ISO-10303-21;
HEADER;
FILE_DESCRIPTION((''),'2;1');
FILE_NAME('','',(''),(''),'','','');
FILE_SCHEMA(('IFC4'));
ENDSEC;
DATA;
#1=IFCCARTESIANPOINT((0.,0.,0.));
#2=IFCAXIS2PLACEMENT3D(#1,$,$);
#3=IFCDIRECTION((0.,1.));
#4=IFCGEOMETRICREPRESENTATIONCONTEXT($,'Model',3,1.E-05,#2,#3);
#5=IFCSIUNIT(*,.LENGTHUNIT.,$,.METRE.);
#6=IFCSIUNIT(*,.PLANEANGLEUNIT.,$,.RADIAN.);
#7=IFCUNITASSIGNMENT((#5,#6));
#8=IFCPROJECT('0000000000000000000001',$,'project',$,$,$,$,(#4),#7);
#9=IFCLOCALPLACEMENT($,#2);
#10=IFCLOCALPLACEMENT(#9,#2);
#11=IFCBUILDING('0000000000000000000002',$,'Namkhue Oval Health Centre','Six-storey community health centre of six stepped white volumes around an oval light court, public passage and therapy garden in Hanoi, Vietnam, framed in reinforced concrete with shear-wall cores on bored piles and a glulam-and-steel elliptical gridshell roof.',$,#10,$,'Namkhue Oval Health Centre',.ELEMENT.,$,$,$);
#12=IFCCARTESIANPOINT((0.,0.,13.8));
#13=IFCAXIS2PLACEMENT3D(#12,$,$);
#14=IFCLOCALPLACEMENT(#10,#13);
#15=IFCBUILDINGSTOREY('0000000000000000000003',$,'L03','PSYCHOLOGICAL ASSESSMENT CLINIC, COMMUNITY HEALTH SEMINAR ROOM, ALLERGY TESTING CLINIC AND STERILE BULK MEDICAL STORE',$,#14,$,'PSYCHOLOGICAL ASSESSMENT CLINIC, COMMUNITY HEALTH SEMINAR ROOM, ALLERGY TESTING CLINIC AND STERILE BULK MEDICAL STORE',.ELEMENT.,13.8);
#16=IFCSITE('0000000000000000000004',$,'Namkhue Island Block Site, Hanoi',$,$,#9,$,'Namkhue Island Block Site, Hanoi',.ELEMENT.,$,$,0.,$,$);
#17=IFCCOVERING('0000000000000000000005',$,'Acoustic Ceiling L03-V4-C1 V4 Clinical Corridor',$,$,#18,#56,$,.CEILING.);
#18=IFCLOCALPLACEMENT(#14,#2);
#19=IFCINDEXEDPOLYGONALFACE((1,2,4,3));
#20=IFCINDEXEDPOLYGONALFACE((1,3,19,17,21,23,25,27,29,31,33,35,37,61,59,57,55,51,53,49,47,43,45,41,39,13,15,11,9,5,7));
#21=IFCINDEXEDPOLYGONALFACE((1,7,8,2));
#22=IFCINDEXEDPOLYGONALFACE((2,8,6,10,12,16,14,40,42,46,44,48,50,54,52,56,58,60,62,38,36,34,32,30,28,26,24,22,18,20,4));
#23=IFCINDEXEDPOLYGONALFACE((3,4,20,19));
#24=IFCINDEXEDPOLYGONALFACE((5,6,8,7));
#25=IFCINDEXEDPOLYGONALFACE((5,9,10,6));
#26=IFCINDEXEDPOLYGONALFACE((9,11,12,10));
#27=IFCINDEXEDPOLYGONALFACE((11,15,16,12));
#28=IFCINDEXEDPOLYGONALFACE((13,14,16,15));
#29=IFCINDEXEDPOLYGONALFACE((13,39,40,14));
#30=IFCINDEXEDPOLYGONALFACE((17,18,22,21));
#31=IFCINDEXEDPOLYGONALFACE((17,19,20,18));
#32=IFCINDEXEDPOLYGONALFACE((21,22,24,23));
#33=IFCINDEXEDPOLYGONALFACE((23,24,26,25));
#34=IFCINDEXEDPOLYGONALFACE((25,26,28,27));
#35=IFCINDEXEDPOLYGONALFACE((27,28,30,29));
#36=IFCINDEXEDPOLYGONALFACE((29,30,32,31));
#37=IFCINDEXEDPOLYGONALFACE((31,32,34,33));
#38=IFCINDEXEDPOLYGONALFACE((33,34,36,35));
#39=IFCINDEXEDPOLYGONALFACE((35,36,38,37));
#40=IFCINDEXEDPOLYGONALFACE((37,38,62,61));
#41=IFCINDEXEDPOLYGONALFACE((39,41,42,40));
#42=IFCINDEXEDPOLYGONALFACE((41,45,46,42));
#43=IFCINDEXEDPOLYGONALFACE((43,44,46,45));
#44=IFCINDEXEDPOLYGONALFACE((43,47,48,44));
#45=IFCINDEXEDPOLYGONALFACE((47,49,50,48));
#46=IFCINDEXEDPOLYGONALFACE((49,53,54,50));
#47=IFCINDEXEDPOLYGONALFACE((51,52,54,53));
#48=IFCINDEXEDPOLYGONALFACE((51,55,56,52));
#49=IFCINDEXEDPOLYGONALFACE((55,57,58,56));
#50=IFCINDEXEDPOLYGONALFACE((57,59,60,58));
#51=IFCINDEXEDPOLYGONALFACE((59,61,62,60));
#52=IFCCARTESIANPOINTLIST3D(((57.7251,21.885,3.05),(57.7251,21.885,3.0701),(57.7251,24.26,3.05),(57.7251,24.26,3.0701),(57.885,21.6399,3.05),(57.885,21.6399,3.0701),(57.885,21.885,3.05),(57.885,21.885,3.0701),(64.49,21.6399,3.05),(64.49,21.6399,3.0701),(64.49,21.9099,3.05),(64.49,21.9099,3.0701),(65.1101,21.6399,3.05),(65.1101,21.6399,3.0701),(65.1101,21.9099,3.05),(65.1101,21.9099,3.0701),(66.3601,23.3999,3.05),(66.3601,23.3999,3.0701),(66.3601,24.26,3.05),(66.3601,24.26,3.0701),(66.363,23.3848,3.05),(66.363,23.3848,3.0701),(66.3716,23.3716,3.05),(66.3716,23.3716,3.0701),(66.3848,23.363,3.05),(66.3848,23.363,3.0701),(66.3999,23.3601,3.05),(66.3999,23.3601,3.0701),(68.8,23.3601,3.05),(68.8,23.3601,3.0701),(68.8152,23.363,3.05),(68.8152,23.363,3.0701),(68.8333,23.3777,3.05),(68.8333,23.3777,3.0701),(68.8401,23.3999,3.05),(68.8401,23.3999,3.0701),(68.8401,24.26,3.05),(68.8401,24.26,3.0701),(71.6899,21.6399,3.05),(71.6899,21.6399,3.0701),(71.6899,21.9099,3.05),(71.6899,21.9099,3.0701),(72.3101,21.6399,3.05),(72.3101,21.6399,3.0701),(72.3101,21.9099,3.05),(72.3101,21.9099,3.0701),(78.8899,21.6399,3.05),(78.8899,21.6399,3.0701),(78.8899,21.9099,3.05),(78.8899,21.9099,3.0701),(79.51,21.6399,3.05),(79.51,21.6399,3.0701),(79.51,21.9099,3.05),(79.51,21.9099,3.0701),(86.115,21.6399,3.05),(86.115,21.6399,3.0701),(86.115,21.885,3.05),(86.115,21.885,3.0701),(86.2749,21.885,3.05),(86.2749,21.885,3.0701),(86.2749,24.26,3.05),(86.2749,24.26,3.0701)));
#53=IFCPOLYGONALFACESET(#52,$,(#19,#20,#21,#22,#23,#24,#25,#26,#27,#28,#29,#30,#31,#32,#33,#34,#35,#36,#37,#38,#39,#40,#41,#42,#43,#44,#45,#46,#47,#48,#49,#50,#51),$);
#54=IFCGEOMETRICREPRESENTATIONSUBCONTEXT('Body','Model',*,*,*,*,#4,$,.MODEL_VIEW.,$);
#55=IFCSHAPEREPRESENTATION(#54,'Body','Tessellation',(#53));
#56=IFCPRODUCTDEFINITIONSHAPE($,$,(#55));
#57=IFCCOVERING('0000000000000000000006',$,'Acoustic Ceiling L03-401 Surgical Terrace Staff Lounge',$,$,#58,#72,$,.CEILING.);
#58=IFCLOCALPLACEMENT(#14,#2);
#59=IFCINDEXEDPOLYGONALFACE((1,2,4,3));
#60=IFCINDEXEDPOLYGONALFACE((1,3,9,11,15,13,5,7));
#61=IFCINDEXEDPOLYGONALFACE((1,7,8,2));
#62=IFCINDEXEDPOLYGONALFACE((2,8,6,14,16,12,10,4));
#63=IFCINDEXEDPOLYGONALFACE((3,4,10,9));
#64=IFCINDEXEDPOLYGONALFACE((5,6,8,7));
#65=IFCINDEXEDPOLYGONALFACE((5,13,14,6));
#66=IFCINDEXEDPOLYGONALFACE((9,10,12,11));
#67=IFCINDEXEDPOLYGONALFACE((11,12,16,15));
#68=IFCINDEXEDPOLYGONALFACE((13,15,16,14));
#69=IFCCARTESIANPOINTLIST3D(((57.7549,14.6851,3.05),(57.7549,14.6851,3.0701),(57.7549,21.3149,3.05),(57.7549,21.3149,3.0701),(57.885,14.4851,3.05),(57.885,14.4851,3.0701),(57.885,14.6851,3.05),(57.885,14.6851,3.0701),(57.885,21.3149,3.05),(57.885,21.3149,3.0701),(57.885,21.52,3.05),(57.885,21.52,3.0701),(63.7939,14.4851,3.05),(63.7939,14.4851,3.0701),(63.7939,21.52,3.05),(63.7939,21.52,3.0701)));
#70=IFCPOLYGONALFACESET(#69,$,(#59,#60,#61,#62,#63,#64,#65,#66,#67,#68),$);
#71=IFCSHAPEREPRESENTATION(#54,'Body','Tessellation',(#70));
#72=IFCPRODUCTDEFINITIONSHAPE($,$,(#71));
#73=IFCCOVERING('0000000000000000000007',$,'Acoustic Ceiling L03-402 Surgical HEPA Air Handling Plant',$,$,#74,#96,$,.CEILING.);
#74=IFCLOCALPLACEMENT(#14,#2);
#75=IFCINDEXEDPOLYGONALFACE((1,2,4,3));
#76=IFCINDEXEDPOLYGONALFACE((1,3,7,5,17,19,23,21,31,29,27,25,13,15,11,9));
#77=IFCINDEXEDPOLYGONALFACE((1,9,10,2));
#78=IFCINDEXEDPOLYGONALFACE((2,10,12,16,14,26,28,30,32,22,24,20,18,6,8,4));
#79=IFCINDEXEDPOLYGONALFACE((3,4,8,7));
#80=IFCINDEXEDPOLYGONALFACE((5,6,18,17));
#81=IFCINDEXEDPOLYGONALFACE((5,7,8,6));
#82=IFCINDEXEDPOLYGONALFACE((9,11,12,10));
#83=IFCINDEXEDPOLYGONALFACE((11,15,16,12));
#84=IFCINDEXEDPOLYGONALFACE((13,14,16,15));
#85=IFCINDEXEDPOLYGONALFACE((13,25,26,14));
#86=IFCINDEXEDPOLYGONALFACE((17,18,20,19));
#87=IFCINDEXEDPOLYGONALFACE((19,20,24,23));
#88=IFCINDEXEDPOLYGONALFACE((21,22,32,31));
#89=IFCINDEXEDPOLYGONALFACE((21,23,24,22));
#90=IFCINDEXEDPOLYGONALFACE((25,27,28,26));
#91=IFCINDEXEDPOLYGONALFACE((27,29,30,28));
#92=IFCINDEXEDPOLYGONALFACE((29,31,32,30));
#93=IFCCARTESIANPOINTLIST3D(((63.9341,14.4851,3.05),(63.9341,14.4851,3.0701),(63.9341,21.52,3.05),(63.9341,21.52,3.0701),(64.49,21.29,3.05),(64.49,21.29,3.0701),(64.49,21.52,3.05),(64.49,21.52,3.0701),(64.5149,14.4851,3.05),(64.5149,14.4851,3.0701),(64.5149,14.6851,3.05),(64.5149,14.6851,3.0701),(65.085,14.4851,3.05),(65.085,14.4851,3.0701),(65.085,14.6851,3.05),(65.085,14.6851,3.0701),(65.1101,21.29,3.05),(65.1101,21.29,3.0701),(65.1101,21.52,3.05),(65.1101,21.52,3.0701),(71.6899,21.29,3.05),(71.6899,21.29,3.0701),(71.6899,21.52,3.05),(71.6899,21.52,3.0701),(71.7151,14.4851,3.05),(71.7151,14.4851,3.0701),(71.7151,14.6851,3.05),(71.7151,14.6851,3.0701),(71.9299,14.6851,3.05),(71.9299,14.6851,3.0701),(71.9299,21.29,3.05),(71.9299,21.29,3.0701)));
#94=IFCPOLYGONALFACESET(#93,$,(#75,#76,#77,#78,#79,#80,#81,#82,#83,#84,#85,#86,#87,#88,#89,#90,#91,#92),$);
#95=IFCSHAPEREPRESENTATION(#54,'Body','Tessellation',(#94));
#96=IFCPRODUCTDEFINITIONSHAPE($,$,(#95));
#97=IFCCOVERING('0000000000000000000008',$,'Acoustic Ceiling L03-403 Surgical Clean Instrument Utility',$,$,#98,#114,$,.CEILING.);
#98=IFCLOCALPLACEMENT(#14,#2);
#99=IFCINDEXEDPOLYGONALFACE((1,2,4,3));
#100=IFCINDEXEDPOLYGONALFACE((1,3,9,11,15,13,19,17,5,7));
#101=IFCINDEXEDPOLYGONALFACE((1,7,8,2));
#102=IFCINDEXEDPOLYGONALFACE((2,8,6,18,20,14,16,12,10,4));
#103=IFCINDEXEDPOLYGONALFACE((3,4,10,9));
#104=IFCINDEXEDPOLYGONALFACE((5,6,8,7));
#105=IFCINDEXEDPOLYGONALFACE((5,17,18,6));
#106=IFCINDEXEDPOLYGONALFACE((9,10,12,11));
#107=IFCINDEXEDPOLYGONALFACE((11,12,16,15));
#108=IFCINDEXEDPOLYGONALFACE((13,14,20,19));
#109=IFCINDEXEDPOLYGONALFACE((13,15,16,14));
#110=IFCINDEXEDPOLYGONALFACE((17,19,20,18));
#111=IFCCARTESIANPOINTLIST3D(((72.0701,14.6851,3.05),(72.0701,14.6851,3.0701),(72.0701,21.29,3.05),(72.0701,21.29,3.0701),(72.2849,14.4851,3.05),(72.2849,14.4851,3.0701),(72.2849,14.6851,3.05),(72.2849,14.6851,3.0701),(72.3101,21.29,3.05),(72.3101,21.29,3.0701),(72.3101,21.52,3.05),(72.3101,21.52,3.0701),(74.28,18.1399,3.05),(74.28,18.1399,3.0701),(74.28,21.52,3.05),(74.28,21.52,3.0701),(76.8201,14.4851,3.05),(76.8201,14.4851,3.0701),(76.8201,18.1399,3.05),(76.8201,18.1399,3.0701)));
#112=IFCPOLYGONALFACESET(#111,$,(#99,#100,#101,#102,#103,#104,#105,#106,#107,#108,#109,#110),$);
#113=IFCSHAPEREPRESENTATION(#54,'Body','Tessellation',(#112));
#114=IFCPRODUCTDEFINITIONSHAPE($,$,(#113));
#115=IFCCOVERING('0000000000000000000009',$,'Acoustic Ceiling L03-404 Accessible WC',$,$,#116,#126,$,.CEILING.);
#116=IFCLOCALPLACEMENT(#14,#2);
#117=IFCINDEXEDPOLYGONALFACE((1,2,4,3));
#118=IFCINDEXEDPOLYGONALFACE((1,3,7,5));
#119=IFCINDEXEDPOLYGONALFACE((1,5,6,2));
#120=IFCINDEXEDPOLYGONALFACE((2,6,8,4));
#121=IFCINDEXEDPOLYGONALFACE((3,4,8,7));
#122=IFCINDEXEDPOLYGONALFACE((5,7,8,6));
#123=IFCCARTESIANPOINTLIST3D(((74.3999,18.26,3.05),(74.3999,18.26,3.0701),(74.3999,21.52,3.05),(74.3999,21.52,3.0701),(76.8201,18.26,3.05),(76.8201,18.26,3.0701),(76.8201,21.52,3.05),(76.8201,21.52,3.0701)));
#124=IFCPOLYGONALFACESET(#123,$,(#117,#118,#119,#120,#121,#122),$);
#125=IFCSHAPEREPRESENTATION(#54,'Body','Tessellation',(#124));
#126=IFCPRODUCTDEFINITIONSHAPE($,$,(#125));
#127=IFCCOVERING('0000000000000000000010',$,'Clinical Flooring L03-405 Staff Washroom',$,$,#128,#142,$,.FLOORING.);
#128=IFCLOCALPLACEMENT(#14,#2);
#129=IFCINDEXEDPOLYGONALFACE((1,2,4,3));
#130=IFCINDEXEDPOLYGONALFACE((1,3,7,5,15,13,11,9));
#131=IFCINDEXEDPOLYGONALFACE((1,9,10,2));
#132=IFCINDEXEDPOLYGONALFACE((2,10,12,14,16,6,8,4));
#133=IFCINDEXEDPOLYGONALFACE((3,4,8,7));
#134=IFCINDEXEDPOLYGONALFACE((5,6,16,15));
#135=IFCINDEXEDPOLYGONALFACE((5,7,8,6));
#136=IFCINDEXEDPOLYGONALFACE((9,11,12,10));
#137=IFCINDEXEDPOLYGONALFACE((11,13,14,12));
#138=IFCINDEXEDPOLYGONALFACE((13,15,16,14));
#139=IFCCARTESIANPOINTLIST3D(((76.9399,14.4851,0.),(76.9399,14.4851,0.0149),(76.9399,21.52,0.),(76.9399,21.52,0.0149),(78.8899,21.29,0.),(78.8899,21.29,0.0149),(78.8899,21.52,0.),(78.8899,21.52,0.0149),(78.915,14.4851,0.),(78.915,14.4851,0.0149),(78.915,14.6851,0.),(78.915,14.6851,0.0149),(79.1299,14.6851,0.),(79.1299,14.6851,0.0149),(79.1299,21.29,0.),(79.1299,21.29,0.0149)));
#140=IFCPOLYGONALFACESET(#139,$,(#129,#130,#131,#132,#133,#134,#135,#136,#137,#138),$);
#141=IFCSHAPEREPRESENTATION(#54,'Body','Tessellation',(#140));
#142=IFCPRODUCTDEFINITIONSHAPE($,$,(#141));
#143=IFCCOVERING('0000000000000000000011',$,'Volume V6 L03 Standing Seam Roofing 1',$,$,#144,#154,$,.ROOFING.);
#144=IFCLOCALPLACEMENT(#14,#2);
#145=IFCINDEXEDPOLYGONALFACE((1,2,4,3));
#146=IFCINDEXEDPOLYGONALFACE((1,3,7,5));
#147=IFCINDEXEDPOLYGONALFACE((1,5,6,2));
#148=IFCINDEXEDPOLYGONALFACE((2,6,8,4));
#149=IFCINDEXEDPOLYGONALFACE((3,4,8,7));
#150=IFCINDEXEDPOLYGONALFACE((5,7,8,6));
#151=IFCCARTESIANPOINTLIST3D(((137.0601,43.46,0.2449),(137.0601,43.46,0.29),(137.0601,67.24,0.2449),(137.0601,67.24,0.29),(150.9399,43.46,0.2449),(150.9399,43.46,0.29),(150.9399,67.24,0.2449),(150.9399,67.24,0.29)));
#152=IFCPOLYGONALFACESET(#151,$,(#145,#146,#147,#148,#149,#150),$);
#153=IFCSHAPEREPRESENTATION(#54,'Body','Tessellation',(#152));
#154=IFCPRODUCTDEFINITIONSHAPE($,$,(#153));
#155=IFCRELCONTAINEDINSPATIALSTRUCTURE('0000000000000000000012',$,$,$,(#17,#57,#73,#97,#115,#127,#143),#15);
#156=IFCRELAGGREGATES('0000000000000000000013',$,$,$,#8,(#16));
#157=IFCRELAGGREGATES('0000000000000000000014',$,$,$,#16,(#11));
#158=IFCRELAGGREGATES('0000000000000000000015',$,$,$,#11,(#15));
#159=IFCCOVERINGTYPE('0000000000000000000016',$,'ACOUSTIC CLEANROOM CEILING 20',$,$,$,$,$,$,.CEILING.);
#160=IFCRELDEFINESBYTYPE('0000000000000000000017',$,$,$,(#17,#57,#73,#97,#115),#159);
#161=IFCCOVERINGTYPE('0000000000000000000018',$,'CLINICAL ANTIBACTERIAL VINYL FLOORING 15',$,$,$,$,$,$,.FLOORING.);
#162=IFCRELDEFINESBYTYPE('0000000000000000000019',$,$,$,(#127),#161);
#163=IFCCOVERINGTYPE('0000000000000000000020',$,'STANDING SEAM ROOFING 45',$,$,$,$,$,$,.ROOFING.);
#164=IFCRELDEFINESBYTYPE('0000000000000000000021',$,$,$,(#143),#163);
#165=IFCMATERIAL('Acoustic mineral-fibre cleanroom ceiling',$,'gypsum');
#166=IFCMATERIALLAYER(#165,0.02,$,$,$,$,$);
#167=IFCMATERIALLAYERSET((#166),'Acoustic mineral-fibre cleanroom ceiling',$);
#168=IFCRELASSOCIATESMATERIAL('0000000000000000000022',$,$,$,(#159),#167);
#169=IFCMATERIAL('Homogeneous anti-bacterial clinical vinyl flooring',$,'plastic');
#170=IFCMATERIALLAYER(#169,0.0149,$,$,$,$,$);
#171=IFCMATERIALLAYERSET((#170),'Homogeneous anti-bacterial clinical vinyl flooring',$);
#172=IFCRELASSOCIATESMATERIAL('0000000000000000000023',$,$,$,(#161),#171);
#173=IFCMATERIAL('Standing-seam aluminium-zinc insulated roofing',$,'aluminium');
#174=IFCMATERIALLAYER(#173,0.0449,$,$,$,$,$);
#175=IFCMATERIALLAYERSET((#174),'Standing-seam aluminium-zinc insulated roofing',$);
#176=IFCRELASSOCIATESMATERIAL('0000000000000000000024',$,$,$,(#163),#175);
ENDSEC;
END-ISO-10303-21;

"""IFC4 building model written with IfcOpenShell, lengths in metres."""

from ifc_helpers import new_model, si_unit, direction, frame, origin, place, context, subcontext, project, spatial, polyline, outline, extrude, material, layer, layer_set, type_object, element, save


model = new_model("IFC4")

# Units and contexts
model_context = context("Model", 3, precision=1e-05, world=origin(), true_north=direction((0.0, 1.0)))
body_context = subcontext(model_context, "Body", "Model", "MODEL_VIEW")
ifc_project = project(units=[si_unit("LENGTHUNIT", "METRE"), si_unit("PLANEANGLEUNIT", "RADIAN")], contexts=[model_context])

# Site, building, storey
site_placement = place(None, origin())
site = spatial("IfcSite", under=ifc_project, at=site_placement, Name="Namkhue Island Block Site, Hanoi", LongName="Namkhue Island Block Site, Hanoi", CompositionType="ELEMENT", RefElevation=0.0)
building_placement = place(site_placement, origin())
building = spatial("IfcBuilding", under=site, at=building_placement, Name="Namkhue Oval Health Centre", Description="Six-storey community health centre of six stepped white volumes around an oval light court, public passage and therapy garden in Hanoi, Vietnam, framed in reinforced concrete with shear-wall cores on bored piles and a glulam-and-steel elliptical gridshell roof.", LongName="Namkhue Oval Health Centre", CompositionType="ELEMENT")
storey_placement = place(building_placement, frame((0.0, 0.0, 13.8)))
storey = spatial("IfcBuildingStorey", under=building, at=storey_placement, Name="L03", Description="PSYCHOLOGICAL ASSESSMENT CLINIC, COMMUNITY HEALTH SEMINAR ROOM, ALLERGY TESTING CLINIC AND STERILE BULK MEDICAL STORE", LongName="PSYCHOLOGICAL ASSESSMENT CLINIC, COMMUNITY HEALTH SEMINAR ROOM, ALLERGY TESTING CLINIC AND STERILE BULK MEDICAL STORE", CompositionType="ELEMENT", Elevation=13.8)

# Shared definitions
ifc_material_1 = material(Name="Standing-seam aluminium-zinc insulated roofing", Category="aluminium")

# Coverings
ifc_material_2 = material(Name="Acoustic mineral-fibre cleanroom ceiling", Category="gypsum")
ifc_layer_1 = layer(ifc_material_2, 0.02)
ifc_layer_set_1 = layer_set([ifc_layer_1], Name="Acoustic mineral-fibre cleanroom ceiling")
covering_type_1 = type_object("IfcCoveringType", Name="ACOUSTIC CLEANROOM CEILING 20", PredefinedType="CEILING", material=ifc_layer_set_1)
covering_1_placement = place(storey_placement, frame((0.0, 0.0, 3.05)))
element("IfcCovering", 1, at=covering_1_placement, inside=storey, type_object=covering_type_1, Name="Acoustic Ceiling L03-V4-C1 V4 Clinical Corridor", PredefinedType="CEILING", context=body_context, shape_type="SweptSolid", body=[
    extrude(outline(polyline([(57.7251, 24.26), (66.3601, 24.26), (66.3601, 23.3999), (66.363, 23.3848), (66.3716, 23.3716), (66.3848, 23.363), (66.3999, 23.3601), (68.8, 23.3601), (68.8152, 23.363), (68.8333, 23.3777), (68.8401, 23.3999), (68.8401, 24.26), (86.2749, 24.26), (86.2749, 21.885), (86.115, 21.885), (86.115, 21.6399), (79.51, 21.6399), (79.51, 21.9099), (78.8899, 21.9099), (78.8899, 21.6399), (72.3101, 21.6399), (72.3101, 21.9099), (71.6899, 21.9099), (71.6899, 21.6399), (65.1101, 21.6399), (65.1101, 21.9099), (64.49, 21.9099), (64.49, 21.6399), (57.885, 21.6399), (57.885, 21.885), (57.7251, 21.885), (57.7251, 24.26)])), origin(), (0.0, 0.0, 1.0), 0.02),
])
covering_2_placement = place(storey_placement, frame((0.0, 0.0, 3.05)))
element("IfcCovering", 2, at=covering_2_placement, inside=storey, type_object=covering_type_1, Name="Acoustic Ceiling L03-401 Surgical Terrace Staff Lounge", PredefinedType="CEILING", context=body_context, shape_type="SweptSolid", body=[
    extrude(outline(polyline([(57.885, 14.4851), (57.885, 14.6851), (57.7549, 14.6851), (57.7549, 21.3149), (57.885, 21.3149), (57.885, 21.52), (63.7939, 21.52), (63.7939, 14.4851), (57.885, 14.4851)])), origin(), (0.0, 0.0, 1.0), 0.02),
])
covering_3_placement = place(storey_placement, frame((0.0, 0.0, 3.05)))
element("IfcCovering", 3, at=covering_3_placement, inside=storey, type_object=covering_type_1, Name="Acoustic Ceiling L03-402 Surgical HEPA Air Handling Plant", PredefinedType="CEILING", context=body_context, shape_type="SweptSolid", body=[
    extrude(outline(polyline([(65.085, 14.4851), (65.085, 14.6851), (64.5149, 14.6851), (64.5149, 14.4851), (63.9341, 14.4851), (63.9341, 21.52), (64.49, 21.52), (64.49, 21.29), (65.1101, 21.29), (65.1101, 21.52), (71.6899, 21.52), (71.6899, 21.29), (71.9299, 21.29), (71.9299, 14.6851), (71.7151, 14.6851), (71.7151, 14.4851), (65.085, 14.4851)])), origin(), (0.0, 0.0, 1.0), 0.02),
])
covering_4_placement = place(storey_placement, frame((0.0, 0.0, 3.05)))
element("IfcCovering", 4, at=covering_4_placement, inside=storey, type_object=covering_type_1, Name="Acoustic Ceiling L03-403 Surgical Clean Instrument Utility", PredefinedType="CEILING", context=body_context, shape_type="SweptSolid", body=[
    extrude(outline(polyline([(74.28, 21.52), (74.28, 18.1399), (76.8201, 18.1399), (76.8201, 14.4851), (72.2849, 14.4851), (72.2849, 14.6851), (72.0701, 14.6851), (72.0701, 21.29), (72.3101, 21.29), (72.3101, 21.52), (74.28, 21.52)])), origin(), (0.0, 0.0, 1.0), 0.02),
])
covering_5_placement = place(storey_placement, frame((0.0, 0.0, 3.05)))
element("IfcCovering", 5, at=covering_5_placement, inside=storey, type_object=covering_type_1, Name="Acoustic Ceiling L03-404 Accessible WC", PredefinedType="CEILING", context=body_context, shape_type="SweptSolid", body=[
    extrude(outline(polyline([(74.3999, 18.26), (74.3999, 21.52), (76.8201, 21.52), (76.8201, 18.26), (74.3999, 18.26)])), origin(), (0.0, 0.0, 1.0), 0.02),
])
ifc_material_3 = material(Name="Homogeneous anti-bacterial clinical vinyl flooring", Category="plastic")
ifc_layer_2 = layer(ifc_material_3, 0.0149)
ifc_layer_set_2 = layer_set([ifc_layer_2], Name="Homogeneous anti-bacterial clinical vinyl flooring")
covering_type_2 = type_object("IfcCoveringType", Name="CLINICAL ANTIBACTERIAL VINYL FLOORING 15", PredefinedType="FLOORING", material=ifc_layer_set_2)
covering_6_placement = place(storey_placement, origin())
element("IfcCovering", 6, at=covering_6_placement, inside=storey, type_object=covering_type_2, Name="Clinical Flooring L03-405 Staff Washroom", PredefinedType="FLOORING", context=body_context, shape_type="SweptSolid", body=[
    extrude(outline(polyline([(76.9399, 14.4851), (76.9399, 21.52), (78.8899, 21.52), (78.8899, 21.29), (79.1299, 21.29), (79.1299, 14.6851), (78.915, 14.6851), (78.915, 14.4851), (76.9399, 14.4851)])), origin(), (0.0, 0.0, 1.0), 0.0149),
])
ifc_layer_3 = layer(ifc_material_1, 0.0449)
ifc_layer_set_3 = layer_set([ifc_layer_3], Name="Standing-seam aluminium-zinc insulated roofing")
covering_type_3 = type_object("IfcCoveringType", Name="STANDING SEAM ROOFING 45", PredefinedType="ROOFING", material=ifc_layer_set_3)
covering_7_placement = place(storey_placement, frame((0.0, 0.0, 0.2449)))
element("IfcCovering", 7, at=covering_7_placement, inside=storey, type_object=covering_type_3, Name="Volume V6 L03 Standing Seam Roofing 1", PredefinedType="ROOFING", context=body_context, shape_type="SweptSolid", body=[
    extrude(outline(polyline([(137.0601, 43.46), (137.0601, 67.24), (150.9399, 67.24), (150.9399, 43.46), (137.0601, 43.46)])), origin(), (0.0, 0.0, 1.0), 0.0452),
])

save(model, "model.ifc")
